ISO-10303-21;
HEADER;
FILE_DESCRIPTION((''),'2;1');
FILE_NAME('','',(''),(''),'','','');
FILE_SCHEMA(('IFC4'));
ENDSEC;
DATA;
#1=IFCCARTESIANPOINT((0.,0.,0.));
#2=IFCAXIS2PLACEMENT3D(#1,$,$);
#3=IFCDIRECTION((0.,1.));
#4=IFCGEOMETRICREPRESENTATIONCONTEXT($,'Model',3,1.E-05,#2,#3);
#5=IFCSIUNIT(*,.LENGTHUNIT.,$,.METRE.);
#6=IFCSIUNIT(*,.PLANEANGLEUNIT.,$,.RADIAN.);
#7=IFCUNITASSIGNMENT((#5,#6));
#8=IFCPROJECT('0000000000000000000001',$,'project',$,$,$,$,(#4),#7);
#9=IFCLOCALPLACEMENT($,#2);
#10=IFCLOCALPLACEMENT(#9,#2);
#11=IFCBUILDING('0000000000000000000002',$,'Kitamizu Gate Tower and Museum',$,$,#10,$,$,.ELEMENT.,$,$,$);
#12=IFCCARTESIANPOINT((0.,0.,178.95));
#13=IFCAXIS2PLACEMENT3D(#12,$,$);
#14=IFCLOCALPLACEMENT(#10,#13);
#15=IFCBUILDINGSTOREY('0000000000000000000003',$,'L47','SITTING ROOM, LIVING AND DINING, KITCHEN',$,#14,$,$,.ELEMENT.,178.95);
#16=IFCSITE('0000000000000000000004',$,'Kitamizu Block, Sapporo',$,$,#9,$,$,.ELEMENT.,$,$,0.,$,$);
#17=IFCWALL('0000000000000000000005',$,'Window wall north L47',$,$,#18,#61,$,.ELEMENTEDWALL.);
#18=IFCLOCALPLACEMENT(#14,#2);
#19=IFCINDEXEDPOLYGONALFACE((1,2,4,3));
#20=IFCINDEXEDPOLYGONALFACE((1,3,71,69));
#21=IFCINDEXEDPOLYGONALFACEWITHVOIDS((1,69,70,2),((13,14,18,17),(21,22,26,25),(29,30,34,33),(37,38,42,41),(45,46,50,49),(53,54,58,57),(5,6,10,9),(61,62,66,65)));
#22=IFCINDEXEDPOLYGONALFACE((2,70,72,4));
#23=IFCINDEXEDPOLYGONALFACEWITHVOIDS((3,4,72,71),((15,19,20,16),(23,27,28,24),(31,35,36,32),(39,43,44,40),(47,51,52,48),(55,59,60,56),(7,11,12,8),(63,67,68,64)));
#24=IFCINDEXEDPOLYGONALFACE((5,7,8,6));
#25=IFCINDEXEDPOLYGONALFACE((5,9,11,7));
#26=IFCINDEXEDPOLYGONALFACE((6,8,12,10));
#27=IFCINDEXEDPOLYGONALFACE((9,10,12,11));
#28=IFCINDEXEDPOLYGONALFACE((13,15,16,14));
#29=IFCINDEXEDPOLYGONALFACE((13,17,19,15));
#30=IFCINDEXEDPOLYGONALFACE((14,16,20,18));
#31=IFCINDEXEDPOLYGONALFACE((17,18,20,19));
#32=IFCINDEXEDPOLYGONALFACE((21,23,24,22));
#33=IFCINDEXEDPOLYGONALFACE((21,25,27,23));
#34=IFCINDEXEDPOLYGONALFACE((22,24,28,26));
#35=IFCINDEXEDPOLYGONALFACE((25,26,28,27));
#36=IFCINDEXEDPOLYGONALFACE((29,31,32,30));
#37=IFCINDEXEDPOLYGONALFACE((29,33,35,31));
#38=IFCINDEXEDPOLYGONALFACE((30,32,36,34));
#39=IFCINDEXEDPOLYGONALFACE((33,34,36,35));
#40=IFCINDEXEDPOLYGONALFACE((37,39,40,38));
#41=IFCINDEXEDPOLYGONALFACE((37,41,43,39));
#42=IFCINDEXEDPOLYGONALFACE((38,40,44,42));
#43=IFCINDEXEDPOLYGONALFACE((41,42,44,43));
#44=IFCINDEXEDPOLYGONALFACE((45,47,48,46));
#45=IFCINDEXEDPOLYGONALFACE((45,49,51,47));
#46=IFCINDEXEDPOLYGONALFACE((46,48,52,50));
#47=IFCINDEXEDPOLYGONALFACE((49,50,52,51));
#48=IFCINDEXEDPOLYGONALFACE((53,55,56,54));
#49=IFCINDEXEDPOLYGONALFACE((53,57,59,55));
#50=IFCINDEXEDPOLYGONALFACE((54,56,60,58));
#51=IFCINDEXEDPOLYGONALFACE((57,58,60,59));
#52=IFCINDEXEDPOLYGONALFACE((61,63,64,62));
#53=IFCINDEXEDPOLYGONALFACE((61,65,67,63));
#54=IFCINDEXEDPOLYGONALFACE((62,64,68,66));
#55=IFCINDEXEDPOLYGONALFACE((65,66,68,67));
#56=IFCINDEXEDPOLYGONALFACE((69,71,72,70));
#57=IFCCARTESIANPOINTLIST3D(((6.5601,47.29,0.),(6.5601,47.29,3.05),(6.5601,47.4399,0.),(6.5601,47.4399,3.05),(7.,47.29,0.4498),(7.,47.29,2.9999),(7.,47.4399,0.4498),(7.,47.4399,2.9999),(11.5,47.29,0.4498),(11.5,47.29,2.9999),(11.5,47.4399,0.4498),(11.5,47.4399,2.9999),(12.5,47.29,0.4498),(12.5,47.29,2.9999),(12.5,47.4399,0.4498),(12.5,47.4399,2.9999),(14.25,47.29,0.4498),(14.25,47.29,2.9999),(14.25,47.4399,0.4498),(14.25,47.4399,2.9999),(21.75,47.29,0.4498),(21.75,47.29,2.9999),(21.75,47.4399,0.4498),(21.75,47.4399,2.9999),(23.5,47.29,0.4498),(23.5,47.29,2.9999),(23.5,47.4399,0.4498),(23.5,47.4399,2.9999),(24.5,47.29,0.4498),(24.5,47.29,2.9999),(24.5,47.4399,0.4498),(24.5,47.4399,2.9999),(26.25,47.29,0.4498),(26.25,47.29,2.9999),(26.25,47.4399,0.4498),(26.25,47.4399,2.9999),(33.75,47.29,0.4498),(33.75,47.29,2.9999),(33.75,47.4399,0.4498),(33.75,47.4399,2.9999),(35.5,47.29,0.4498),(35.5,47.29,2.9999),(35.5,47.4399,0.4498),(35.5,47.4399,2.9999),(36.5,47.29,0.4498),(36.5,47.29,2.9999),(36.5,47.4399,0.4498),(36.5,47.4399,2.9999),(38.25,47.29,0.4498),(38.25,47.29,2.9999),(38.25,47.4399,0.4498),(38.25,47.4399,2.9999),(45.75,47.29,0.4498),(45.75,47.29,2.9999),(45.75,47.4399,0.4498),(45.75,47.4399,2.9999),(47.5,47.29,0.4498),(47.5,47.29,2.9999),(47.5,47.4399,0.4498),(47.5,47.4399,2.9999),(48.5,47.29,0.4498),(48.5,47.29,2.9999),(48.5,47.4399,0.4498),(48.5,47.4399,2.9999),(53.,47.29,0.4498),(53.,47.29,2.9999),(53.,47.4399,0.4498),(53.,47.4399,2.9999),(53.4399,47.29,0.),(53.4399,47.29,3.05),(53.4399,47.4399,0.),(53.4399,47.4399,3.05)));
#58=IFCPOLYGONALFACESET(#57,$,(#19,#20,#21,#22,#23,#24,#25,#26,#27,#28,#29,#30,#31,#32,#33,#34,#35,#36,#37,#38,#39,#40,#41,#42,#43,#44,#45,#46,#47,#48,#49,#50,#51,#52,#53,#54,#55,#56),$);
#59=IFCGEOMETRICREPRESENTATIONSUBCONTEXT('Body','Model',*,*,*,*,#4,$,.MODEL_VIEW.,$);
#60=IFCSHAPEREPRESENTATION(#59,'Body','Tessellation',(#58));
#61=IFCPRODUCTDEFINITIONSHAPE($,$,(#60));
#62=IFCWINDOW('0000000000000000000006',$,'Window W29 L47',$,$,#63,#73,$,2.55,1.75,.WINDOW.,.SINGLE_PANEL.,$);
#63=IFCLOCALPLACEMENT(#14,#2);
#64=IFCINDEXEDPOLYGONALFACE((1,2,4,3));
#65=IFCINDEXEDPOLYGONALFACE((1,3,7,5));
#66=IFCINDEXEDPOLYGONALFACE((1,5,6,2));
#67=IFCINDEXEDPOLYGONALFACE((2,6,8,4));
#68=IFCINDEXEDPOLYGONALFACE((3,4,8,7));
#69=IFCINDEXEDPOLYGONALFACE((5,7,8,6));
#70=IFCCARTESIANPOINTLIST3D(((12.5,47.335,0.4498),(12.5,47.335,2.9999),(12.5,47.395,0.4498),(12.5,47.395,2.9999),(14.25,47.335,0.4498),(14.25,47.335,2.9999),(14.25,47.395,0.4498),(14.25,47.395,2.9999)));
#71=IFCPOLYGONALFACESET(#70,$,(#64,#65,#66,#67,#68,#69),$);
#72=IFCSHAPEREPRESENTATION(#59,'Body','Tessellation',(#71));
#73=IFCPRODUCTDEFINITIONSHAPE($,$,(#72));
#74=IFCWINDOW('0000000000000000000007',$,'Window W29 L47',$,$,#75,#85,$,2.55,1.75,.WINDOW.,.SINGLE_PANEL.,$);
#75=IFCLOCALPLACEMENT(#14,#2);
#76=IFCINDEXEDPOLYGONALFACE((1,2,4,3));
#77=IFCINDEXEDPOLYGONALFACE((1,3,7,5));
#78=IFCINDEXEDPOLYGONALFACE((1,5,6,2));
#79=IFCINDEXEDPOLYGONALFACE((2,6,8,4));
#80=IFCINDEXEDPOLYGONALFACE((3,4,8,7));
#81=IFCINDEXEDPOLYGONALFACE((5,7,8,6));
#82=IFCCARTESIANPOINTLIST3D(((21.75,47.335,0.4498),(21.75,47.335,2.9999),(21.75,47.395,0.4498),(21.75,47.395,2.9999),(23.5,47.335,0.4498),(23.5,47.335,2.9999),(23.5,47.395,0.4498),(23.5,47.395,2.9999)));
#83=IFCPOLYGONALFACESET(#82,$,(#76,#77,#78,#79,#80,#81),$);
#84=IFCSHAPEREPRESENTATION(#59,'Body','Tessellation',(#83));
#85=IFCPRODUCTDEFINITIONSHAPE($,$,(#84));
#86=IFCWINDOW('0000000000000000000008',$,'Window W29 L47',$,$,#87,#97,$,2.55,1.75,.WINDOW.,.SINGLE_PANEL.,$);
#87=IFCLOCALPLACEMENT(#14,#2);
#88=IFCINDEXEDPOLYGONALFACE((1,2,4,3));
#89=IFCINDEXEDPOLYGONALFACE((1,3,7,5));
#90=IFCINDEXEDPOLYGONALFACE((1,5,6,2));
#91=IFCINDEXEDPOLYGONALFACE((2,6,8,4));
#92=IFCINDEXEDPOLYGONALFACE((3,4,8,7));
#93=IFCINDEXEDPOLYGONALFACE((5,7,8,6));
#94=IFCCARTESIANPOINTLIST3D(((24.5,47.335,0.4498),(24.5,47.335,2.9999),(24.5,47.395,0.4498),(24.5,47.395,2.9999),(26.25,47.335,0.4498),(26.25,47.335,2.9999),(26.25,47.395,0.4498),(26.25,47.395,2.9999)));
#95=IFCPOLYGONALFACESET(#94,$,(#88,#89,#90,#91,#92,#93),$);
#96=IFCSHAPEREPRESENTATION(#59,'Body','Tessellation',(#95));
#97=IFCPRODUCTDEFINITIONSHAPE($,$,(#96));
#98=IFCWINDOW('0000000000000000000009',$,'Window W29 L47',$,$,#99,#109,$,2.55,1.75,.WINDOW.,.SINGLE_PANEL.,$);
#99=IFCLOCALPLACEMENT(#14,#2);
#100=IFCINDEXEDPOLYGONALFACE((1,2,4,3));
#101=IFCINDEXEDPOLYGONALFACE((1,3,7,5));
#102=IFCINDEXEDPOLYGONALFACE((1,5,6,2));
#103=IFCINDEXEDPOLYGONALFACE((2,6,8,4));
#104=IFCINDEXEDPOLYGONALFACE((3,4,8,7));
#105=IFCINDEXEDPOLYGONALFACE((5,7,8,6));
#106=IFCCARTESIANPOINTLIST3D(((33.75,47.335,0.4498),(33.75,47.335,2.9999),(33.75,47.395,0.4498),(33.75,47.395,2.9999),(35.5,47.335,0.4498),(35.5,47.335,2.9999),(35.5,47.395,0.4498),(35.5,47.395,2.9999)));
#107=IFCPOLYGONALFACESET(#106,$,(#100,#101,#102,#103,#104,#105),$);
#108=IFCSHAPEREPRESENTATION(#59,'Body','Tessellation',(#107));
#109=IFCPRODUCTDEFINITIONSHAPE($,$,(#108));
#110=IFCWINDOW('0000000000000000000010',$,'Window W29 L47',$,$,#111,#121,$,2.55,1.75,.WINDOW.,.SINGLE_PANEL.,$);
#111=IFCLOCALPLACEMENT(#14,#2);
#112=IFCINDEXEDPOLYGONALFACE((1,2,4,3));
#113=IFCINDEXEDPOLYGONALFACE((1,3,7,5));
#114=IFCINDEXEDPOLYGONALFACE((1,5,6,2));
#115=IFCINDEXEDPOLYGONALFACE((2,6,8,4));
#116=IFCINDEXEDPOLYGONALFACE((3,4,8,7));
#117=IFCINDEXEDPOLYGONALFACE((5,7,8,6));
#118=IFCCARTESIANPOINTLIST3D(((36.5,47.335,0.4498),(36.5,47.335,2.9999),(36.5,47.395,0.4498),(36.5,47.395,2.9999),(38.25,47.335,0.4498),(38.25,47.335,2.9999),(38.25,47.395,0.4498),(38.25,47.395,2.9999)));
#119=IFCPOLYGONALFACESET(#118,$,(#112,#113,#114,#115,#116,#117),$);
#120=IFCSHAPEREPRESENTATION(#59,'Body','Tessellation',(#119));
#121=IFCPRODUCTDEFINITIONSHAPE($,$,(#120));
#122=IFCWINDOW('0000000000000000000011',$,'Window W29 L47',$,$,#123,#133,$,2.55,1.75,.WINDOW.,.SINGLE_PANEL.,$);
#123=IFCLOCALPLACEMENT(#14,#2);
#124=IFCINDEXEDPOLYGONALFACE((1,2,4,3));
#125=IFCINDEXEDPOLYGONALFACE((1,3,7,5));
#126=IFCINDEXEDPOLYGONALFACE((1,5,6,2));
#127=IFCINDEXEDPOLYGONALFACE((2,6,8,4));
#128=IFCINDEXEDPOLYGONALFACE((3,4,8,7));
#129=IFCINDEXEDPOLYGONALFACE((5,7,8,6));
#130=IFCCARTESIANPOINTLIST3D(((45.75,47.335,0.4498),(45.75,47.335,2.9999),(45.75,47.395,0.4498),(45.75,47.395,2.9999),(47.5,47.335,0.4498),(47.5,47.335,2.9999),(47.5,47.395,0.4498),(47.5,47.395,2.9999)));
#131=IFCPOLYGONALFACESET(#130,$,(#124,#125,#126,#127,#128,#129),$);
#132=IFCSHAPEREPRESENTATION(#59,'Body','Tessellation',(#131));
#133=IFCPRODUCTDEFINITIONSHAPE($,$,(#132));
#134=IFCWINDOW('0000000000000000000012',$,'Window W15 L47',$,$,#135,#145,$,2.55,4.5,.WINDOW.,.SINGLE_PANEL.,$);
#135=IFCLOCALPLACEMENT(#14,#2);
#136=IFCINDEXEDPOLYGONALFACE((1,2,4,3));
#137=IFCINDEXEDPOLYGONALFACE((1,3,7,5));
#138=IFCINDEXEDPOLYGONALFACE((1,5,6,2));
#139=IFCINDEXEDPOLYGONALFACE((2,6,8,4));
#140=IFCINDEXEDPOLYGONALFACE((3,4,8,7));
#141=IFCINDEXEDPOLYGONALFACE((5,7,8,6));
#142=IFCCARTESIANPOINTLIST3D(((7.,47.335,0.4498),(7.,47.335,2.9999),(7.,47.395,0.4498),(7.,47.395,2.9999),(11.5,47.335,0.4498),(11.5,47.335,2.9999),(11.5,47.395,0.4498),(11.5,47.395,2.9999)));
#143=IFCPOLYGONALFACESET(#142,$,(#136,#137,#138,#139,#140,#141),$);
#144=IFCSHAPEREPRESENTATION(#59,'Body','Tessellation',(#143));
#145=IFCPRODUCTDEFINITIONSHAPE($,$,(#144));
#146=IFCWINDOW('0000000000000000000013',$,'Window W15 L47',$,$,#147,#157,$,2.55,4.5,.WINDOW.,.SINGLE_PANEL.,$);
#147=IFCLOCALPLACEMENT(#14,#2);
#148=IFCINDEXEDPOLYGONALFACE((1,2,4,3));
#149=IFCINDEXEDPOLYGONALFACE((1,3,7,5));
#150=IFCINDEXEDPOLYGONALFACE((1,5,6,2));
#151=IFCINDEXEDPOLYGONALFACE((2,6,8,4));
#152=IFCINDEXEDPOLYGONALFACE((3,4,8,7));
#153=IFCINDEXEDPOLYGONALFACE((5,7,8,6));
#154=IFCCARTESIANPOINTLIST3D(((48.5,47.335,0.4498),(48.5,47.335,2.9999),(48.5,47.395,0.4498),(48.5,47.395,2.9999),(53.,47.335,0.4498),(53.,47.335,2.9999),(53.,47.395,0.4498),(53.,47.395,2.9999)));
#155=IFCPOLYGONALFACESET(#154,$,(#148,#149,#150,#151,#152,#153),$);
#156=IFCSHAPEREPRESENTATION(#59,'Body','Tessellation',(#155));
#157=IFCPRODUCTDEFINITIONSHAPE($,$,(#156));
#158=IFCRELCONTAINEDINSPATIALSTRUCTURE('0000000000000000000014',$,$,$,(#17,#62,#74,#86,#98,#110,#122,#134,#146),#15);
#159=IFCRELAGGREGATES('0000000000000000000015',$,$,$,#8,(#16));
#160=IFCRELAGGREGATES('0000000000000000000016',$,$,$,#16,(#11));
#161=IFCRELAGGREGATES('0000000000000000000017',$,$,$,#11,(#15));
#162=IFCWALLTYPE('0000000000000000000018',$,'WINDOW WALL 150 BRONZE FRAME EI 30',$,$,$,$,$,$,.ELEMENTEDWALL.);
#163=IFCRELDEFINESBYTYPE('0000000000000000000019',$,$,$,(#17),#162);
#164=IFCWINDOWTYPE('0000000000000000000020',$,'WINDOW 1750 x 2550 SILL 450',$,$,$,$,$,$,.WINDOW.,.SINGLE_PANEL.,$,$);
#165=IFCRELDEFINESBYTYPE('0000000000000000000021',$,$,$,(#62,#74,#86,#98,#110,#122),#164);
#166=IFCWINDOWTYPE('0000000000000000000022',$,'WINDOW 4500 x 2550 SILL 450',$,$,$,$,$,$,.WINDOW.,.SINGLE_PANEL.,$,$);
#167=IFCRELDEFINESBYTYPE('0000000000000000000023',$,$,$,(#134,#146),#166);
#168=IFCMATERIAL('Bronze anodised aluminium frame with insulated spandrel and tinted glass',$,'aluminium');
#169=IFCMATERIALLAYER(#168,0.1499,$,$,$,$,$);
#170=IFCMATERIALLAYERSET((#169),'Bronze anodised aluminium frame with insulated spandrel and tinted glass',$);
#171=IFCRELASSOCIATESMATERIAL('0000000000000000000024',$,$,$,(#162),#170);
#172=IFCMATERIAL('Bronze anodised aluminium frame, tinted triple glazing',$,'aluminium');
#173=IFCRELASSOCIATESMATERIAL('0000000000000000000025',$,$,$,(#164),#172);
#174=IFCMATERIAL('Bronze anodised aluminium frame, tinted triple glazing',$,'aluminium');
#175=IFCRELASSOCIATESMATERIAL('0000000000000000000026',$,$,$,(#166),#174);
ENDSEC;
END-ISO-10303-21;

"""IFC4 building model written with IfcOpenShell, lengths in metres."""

from ifc_helpers import new_model, si_unit, direction, frame, frame_2d, origin, place, context, subcontext, project, spatial, rectangle, extrude, material, layer, layer_set, type_object, element, fill, save


model = new_model("IFC4")

# Units and contexts
model_context = context("Model", 3, precision=1e-05, world=origin(), true_north=direction((0.0, 1.0)))
body_context = subcontext(model_context, "Body", "Model", "MODEL_VIEW")
ifc_project = project(units=[si_unit("LENGTHUNIT", "METRE"), si_unit("PLANEANGLEUNIT", "RADIAN")], contexts=[model_context])

# Site, building, storey
site_placement = place(None, origin())
site = spatial("IfcSite", under=ifc_project, at=site_placement, Name="Kitamizu Block, Sapporo", CompositionType="ELEMENT", RefElevation=0.0)
building_placement = place(site_placement, origin())
building = spatial("IfcBuilding", under=site, at=building_placement, Name="Kitamizu Gate Tower and Museum", CompositionType="ELEMENT")
storey_placement = place(building_placement, frame((0.0, 0.0, 178.95)))
storey = spatial("IfcBuildingStorey", under=building, at=storey_placement, Name="L47", Description="SITTING ROOM, LIVING AND DINING, KITCHEN", CompositionType="ELEMENT", Elevation=178.95)

# Wall, openings, windows
ifc_material_1 = material(Name="Bronze anodised aluminium frame with insulated spandrel and tinted glass", Category="aluminium")
ifc_layer_1 = layer(ifc_material_1, 0.1499)
ifc_layer_set_1 = layer_set([ifc_layer_1], Name="Bronze anodised aluminium frame with insulated spandrel and tinted glass")
wall_type_1 = type_object("IfcWallType", Name="WINDOW WALL 150 BRONZE FRAME EI 30", PredefinedType="ELEMENTEDWALL", material=ifc_layer_set_1)
wall_1_placement = place(storey_placement, frame((6.5601, 47.365, 0.0), z_axis=(0.0, 0.0, 1.0), x_axis=(1.0, 0.0, 0.0)))
wall_1 = element("IfcWall", 1, at=wall_1_placement, inside=storey, type_object=wall_type_1, Name="Window wall north L47", PredefinedType="ELEMENTEDWALL", context=body_context, shape_type="SweptSolid", body=[
    extrude(rectangle(XDim=46.8799, YDim=0.1499, at=frame_2d((23.4399, 0.0))), origin(), (0.0, 0.0, 1.0), 3.05),
])
opening_1_placement = place(wall_1_placement, frame((0.4399, 0.0, 0.45)))
opening_1 = element("IfcOpeningElement", 2, at=opening_1_placement, cuts=wall_1, PredefinedType="OPENING", context=body_context, shape_type="SweptSolid", body=[
    extrude(rectangle(XDim=4.5, YDim=2.55, at=frame_2d((2.25, 1.2749))), frame((0.0, 0.085, 0.0), z_axis=(0.0, -1.0, 0.0), x_axis=(1.0, 0.0, 0.0)), (0.0, 0.0, 1.0), 0.1699),
])
opening_2_placement = place(wall_1_placement, frame((5.9399, 0.0, 0.45)))
opening_2 = element("IfcOpeningElement", 3, at=opening_2_placement, cuts=wall_1, PredefinedType="OPENING", context=body_context, shape_type="SweptSolid", body=[
    extrude(rectangle(XDim=1.75, YDim=2.55, at=frame_2d((0.875, 1.2749))), frame((0.0, 0.085, 0.0), z_axis=(0.0, -1.0, 0.0), x_axis=(1.0, 0.0, 0.0)), (0.0, 0.0, 1.0), 0.1699),
])
opening_3_placement = place(wall_1_placement, frame((15.1899, 0.0, 0.45)))
opening_3 = element("IfcOpeningElement", 4, at=opening_3_placement, cuts=wall_1, PredefinedType="OPENING", context=body_context, shape_type="SweptSolid", body=[
    extrude(rectangle(XDim=1.75, YDim=2.55, at=frame_2d((0.875, 1.2749))), frame((0.0, 0.085, 0.0), z_axis=(0.0, -1.0, 0.0), x_axis=(1.0, 0.0, 0.0)), (0.0, 0.0, 1.0), 0.1699),
])
opening_4_placement = place(wall_1_placement, frame((17.9399, 0.0, 0.45)))
opening_4 = element("IfcOpeningElement", 5, at=opening_4_placement, cuts=wall_1, PredefinedType="OPENING", context=body_context, shape_type="SweptSolid", body=[
    extrude(rectangle(XDim=1.75, YDim=2.55, at=frame_2d((0.875, 1.2749))), frame((0.0, 0.085, 0.0), z_axis=(0.0, -1.0, 0.0), x_axis=(1.0, 0.0, 0.0)), (0.0, 0.0, 1.0), 0.1699),
])
opening_5_placement = place(wall_1_placement, frame((27.1899, 0.0, 0.45)))
opening_5 = element("IfcOpeningElement", 6, at=opening_5_placement, cuts=wall_1, PredefinedType="OPENING", context=body_context, shape_type="SweptSolid", body=[
    extrude(rectangle(XDim=1.75, YDim=2.55, at=frame_2d((0.875, 1.2749))), frame((0.0, 0.085, 0.0), z_axis=(0.0, -1.0, 0.0), x_axis=(1.0, 0.0, 0.0)), (0.0, 0.0, 1.0), 0.1699),
])
opening_6_placement = place(wall_1_placement, frame((29.9399, 0.0, 0.45)))
opening_6 = element("IfcOpeningElement", 7, at=opening_6_placement, cuts=wall_1, PredefinedType="OPENING", context=body_context, shape_type="SweptSolid", body=[
    extrude(rectangle(XDim=1.75, YDim=2.55, at=frame_2d((0.875, 1.2749))), frame((0.0, 0.085, 0.0), z_axis=(0.0, -1.0, 0.0), x_axis=(1.0, 0.0, 0.0)), (0.0, 0.0, 1.0), 0.1699),
])
opening_7_placement = place(wall_1_placement, frame((39.1899, 0.0, 0.45)))
opening_7 = element("IfcOpeningElement", 8, at=opening_7_placement, cuts=wall_1, PredefinedType="OPENING", context=body_context, shape_type="SweptSolid", body=[
    extrude(rectangle(XDim=1.75, YDim=2.55, at=frame_2d((0.875, 1.2749))), frame((0.0, 0.085, 0.0), z_axis=(0.0, -1.0, 0.0), x_axis=(1.0, 0.0, 0.0)), (0.0, 0.0, 1.0), 0.1699),
])
opening_8_placement = place(wall_1_placement, frame((41.9399, 0.0, 0.45)))
opening_8 = element("IfcOpeningElement", 9, at=opening_8_placement, cuts=wall_1, PredefinedType="OPENING", context=body_context, shape_type="SweptSolid", body=[
    extrude(rectangle(XDim=4.5, YDim=2.55, at=frame_2d((2.25, 1.2749))), frame((0.0, 0.085, 0.0), z_axis=(0.0, -1.0, 0.0), x_axis=(1.0, 0.0, 0.0)), (0.0, 0.0, 1.0), 0.1699),
])
ifc_material_2 = material(Name="Bronze anodised aluminium frame, tinted triple glazing", Category="aluminium")
window_type_1 = type_object("IfcWindowType", Name="WINDOW 1750 x 2550 SILL 450", PartitioningType="SINGLE_PANEL", PredefinedType="WINDOW", material=ifc_material_2)
window_1_placement = place(opening_2_placement, origin())
window_1 = element("IfcWindow", 10, at=window_1_placement, inside=storey, type_object=window_type_1, Name="Window W29 L47", OverallHeight=2.55, OverallWidth=1.75, PartitioningType="SINGLE_PANEL", PredefinedType="WINDOW", context=body_context, shape_type="SweptSolid", body=[
    extrude(rectangle(XDim=1.75, YDim=2.55, at=frame_2d((0.875, 1.2749))), frame((0.0, 0.03, 0.0), z_axis=(0.0, -1.0, 0.0), x_axis=(1.0, 0.0, 0.0)), (0.0, 0.0, 1.0), 0.0601),
])
fill(opening_2, window_1)
window_2_placement = place(opening_3_placement, origin())
window_2 = element("IfcWindow", 11, at=window_2_placement, inside=storey, type_object=window_type_1, Name="Window W29 L47", OverallHeight=2.55, OverallWidth=1.75, PartitioningType="SINGLE_PANEL", PredefinedType="WINDOW", context=body_context, shape_type="SweptSolid", body=[
    extrude(rectangle(XDim=1.75, YDim=2.55, at=frame_2d((0.875, 1.2749))), frame((0.0, 0.03, 0.0), z_axis=(0.0, -1.0, 0.0), x_axis=(1.0, 0.0, 0.0)), (0.0, 0.0, 1.0), 0.0601),
])
fill(opening_3, window_2)
window_3_placement = place(opening_4_placement, origin())
window_3 = element("IfcWindow", 12, at=window_3_placement, inside=storey, type_object=window_type_1, Name="Window W29 L47", OverallHeight=2.55, OverallWidth=1.75, PartitioningType="SINGLE_PANEL", PredefinedType="WINDOW", context=body_context, shape_type="SweptSolid", body=[
    extrude(rectangle(XDim=1.75, YDim=2.55, at=frame_2d((0.875, 1.2749))), frame((0.0, 0.03, 0.0), z_axis=(0.0, -1.0, 0.0), x_axis=(1.0, 0.0, 0.0)), (0.0, 0.0, 1.0), 0.0601),
])
fill(opening_4, window_3)
window_4_placement = place(opening_5_placement, origin())
window_4 = element("IfcWindow", 13, at=window_4_placement, inside=storey, type_object=window_type_1, Name="Window W29 L47", OverallHeight=2.55, OverallWidth=1.75, PartitioningType="SINGLE_PANEL", PredefinedType="WINDOW", context=body_context, shape_type="SweptSolid", body=[
    extrude(rectangle(XDim=1.75, YDim=2.55, at=frame_2d((0.875, 1.2749))), frame((0.0, 0.03, 0.0), z_axis=(0.0, -1.0, 0.0), x_axis=(1.0, 0.0, 0.0)), (0.0, 0.0, 1.0), 0.0601),
])
fill(opening_5, window_4)
window_5_placement = place(opening_6_placement, origin())
window_5 = element("IfcWindow", 14, at=window_5_placement, inside=storey, type_object=window_type_1, Name="Window W29 L47", OverallHeight=2.55, OverallWidth=1.75, PartitioningType="SINGLE_PANEL", PredefinedType="WINDOW", context=body_context, shape_type="SweptSolid", body=[
    extrude(rectangle(XDim=1.75, YDim=2.55, at=frame_2d((0.875, 1.2749))), frame((0.0, 0.03, 0.0), z_axis=(0.0, -1.0, 0.0), x_axis=(1.0, 0.0, 0.0)), (0.0, 0.0, 1.0), 0.0601),
])
fill(opening_6, window_5)
window_6_placement = place(opening_7_placement, origin())
window_6 = element("IfcWindow", 15, at=window_6_placement, inside=storey, type_object=window_type_1, Name="Window W29 L47", OverallHeight=2.55, OverallWidth=1.75, PartitioningType="SINGLE_PANEL", PredefinedType="WINDOW", context=body_context, shape_type="SweptSolid", body=[
    extrude(rectangle(XDim=1.75, YDim=2.55, at=frame_2d((0.875, 1.2749))), frame((0.0, 0.03, 0.0), z_axis=(0.0, -1.0, 0.0), x_axis=(1.0, 0.0, 0.0)), (0.0, 0.0, 1.0), 0.0601),
])
fill(opening_7, window_6)
ifc_material_3 = material(Name="Bronze anodised aluminium frame, tinted triple glazing", Category="aluminium")
window_type_2 = type_object("IfcWindowType", Name="WINDOW 4500 x 2550 SILL 450", PartitioningType="SINGLE_PANEL", PredefinedType="WINDOW", material=ifc_material_3)
window_7_placement = place(opening_1_placement, origin())
window_7 = element("IfcWindow", 16, at=window_7_placement, inside=storey, type_object=window_type_2, Name="Window W15 L47", OverallHeight=2.55, OverallWidth=4.5, PartitioningType="SINGLE_PANEL", PredefinedType="WINDOW", context=body_context, shape_type="SweptSolid", body=[
    extrude(rectangle(XDim=4.5, YDim=2.55, at=frame_2d((2.25, 1.2749))), frame((0.0, 0.03, 0.0), z_axis=(0.0, -1.0, 0.0), x_axis=(1.0, 0.0, 0.0)), (0.0, 0.0, 1.0), 0.0601),
])
fill(opening_1, window_7)
window_8_placement = place(opening_8_placement, origin())
window_8 = element("IfcWindow", 17, at=window_8_placement, inside=storey, type_object=window_type_2, Name="Window W15 L47", OverallHeight=2.55, OverallWidth=4.5, PartitioningType="SINGLE_PANEL", PredefinedType="WINDOW", context=body_context, shape_type="SweptSolid", body=[
    extrude(rectangle(XDim=4.5, YDim=2.55, at=frame_2d((2.25, 1.2749))), frame((0.0, 0.03, 0.0), z_axis=(0.0, -1.0, 0.0), x_axis=(1.0, 0.0, 0.0)), (0.0, 0.0, 1.0), 0.0601),
])
fill(opening_8, window_8)

save(model, "model.ifc")
